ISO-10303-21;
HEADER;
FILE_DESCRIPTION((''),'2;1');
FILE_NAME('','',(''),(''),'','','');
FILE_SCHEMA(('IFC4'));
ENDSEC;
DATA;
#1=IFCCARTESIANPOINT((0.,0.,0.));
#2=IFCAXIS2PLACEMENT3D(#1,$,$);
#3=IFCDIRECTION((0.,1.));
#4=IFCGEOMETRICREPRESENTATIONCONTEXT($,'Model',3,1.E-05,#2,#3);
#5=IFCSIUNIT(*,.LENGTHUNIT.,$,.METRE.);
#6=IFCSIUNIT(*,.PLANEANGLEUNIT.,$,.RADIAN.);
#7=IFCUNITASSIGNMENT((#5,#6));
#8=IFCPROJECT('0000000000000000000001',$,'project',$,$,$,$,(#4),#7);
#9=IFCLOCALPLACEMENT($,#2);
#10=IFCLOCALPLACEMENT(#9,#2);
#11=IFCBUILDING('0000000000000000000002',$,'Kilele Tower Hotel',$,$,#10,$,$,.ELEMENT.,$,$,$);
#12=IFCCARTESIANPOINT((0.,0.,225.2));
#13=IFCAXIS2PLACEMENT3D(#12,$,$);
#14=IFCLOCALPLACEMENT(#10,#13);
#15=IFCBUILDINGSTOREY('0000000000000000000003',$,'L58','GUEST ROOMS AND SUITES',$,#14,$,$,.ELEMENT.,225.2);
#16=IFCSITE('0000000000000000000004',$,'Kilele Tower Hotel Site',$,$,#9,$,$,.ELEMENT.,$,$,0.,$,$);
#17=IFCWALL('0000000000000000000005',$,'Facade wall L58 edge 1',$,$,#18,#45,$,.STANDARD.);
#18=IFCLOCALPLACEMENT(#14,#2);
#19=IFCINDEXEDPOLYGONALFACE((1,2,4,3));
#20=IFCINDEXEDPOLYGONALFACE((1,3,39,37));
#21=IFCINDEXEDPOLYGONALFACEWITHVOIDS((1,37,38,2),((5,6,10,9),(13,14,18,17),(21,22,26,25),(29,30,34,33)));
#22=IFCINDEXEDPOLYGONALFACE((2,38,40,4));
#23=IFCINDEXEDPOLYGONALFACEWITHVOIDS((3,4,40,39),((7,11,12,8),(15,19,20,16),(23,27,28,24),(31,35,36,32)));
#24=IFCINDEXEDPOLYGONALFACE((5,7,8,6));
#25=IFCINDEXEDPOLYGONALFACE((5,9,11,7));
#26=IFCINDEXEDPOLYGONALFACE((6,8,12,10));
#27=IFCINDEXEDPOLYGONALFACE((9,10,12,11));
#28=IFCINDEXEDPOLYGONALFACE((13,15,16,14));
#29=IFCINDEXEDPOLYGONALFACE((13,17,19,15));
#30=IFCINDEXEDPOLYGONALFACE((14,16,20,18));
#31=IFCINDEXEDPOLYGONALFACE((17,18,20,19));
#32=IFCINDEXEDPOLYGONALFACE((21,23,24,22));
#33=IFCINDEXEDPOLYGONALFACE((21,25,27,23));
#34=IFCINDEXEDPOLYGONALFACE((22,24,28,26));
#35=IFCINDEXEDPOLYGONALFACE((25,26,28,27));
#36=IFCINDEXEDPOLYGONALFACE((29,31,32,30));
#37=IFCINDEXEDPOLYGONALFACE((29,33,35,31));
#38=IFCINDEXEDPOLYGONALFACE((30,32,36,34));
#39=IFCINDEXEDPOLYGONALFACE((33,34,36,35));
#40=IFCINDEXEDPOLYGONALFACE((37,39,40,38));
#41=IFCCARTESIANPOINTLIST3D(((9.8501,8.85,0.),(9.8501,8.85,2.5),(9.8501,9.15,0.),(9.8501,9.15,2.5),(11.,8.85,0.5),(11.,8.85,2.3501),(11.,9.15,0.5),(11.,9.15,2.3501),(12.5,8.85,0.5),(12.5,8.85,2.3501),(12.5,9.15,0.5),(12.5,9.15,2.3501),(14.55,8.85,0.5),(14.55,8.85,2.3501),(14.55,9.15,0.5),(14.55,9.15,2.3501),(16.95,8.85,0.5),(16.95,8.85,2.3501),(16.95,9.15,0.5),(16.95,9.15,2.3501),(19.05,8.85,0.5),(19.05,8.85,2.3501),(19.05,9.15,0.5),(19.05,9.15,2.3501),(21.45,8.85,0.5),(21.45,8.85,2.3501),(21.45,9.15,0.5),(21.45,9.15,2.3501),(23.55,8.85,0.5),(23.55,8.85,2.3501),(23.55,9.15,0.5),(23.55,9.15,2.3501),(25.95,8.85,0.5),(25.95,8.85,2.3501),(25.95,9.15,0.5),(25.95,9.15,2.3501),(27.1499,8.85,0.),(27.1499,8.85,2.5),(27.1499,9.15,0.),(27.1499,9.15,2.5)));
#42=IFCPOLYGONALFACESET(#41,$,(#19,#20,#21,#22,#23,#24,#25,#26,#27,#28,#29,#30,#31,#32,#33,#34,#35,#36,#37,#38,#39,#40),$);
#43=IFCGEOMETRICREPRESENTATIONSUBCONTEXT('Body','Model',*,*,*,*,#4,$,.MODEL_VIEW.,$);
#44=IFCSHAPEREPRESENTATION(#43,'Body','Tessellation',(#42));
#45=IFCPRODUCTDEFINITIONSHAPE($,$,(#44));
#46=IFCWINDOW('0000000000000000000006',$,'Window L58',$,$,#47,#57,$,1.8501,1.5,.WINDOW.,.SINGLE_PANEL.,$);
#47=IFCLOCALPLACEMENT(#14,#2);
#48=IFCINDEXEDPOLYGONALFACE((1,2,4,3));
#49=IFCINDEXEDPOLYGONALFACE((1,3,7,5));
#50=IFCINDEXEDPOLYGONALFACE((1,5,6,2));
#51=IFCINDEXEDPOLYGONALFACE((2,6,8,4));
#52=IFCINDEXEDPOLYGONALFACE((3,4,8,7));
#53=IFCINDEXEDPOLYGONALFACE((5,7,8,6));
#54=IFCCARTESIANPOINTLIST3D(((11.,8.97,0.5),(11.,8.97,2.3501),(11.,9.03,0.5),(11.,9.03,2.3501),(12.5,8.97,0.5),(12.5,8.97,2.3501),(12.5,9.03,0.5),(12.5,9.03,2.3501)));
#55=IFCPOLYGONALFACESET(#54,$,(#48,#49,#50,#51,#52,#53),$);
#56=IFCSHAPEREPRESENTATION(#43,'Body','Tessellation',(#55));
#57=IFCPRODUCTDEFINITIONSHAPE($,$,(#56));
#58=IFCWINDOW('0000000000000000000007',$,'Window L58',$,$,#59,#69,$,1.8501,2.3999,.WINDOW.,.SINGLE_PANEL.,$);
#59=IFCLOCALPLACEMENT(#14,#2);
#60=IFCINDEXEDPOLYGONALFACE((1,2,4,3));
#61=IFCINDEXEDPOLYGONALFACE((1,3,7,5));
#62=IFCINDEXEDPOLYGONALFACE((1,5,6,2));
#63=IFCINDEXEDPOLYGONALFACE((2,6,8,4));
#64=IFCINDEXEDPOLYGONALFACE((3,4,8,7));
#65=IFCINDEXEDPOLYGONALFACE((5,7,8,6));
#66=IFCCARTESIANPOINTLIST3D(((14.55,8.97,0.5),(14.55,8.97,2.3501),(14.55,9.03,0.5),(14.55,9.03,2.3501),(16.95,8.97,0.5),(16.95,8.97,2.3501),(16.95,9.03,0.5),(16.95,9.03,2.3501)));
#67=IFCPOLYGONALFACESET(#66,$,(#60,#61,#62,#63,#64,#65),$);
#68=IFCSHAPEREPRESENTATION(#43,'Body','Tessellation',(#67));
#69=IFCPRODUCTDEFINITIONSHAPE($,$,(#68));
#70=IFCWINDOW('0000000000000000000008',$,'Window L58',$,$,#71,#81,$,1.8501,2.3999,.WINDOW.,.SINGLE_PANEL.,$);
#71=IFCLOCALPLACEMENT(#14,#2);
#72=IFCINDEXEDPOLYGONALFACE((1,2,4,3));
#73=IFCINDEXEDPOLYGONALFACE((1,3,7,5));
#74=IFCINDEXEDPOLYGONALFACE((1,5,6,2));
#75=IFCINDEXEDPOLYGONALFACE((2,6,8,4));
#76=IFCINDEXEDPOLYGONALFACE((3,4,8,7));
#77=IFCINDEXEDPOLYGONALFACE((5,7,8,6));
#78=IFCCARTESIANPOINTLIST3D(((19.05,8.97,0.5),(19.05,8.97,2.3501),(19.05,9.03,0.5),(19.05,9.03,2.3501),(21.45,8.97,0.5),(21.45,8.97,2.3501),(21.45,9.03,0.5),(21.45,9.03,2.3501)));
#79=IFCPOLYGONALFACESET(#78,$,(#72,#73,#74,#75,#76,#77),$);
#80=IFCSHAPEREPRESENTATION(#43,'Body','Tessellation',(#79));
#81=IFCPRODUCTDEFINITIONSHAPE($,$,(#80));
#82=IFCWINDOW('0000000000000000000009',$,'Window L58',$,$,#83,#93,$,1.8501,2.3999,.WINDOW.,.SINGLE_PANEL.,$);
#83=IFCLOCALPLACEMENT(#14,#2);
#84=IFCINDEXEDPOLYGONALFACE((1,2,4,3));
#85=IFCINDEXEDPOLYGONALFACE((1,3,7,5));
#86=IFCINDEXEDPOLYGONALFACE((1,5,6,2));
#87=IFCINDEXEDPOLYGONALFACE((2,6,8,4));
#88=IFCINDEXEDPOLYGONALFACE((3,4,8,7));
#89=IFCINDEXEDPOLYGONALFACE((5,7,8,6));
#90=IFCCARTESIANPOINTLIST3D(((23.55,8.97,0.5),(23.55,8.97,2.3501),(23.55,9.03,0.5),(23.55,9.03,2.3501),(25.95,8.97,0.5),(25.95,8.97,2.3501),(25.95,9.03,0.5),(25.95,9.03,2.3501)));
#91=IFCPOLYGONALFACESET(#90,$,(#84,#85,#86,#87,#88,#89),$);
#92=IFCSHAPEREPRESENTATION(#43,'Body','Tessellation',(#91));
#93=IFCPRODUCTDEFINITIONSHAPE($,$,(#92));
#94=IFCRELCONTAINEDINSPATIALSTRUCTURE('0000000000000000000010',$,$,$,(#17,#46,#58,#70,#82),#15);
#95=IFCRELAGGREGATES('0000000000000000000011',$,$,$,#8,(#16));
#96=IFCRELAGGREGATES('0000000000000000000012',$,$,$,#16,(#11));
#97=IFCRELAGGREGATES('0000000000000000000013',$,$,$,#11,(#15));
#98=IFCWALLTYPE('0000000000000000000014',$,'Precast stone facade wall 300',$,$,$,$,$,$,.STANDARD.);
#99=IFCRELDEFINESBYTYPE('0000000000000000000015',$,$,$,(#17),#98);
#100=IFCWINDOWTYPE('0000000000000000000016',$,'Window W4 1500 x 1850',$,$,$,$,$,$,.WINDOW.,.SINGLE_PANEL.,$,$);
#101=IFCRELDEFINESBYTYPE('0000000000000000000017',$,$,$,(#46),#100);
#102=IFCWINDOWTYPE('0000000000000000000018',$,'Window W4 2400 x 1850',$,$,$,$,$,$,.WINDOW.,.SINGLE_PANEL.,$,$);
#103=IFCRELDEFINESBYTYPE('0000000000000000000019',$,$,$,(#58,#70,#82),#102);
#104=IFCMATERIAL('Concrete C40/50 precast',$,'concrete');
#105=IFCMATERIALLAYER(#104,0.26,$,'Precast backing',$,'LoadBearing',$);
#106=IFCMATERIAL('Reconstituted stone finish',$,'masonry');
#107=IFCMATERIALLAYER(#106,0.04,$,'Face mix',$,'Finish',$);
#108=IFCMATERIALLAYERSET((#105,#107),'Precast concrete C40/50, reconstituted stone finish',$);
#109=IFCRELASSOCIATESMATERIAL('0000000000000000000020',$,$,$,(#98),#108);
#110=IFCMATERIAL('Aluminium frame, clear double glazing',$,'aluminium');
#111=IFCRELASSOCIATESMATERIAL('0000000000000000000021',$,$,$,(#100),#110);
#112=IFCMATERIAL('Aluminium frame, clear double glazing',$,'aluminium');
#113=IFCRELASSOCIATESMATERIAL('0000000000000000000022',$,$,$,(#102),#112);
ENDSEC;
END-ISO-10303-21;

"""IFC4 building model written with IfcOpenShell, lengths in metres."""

from ifc_helpers import new_model, si_unit, direction, frame, frame_2d, origin, place, context, subcontext, project, spatial, rectangle, extrude, material, layer, layer_set, type_object, element, fill, save


model = new_model("IFC4")

# Units and contexts
model_context = context("Model", 3, precision=1e-05, world=origin(), true_north=direction((0.0, 1.0)))
body_context = subcontext(model_context, "Body", "Model", "MODEL_VIEW")
ifc_project = project(units=[si_unit("LENGTHUNIT", "METRE"), si_unit("PLANEANGLEUNIT", "RADIAN")], contexts=[model_context])

# Site, building, storey
site_placement = place(None, origin())
site = spatial("IfcSite", under=ifc_project, at=site_placement, Name="Kilele Tower Hotel Site", CompositionType="ELEMENT", RefElevation=0.0)
building_placement = place(site_placement, origin())
building = spatial("IfcBuilding", under=site, at=building_placement, Name="Kilele Tower Hotel", CompositionType="ELEMENT")
storey_placement = place(building_placement, frame((0.0, 0.0, 225.2)))
storey = spatial("IfcBuildingStorey", under=building, at=storey_placement, Name="L58", Description="GUEST ROOMS AND SUITES", CompositionType="ELEMENT", Elevation=225.2)

# Wall, openings, windows
ifc_material_1 = material(Name="Concrete C40/50 precast", Category="concrete")
ifc_layer_1 = layer(ifc_material_1, 0.26, Name="Precast backing", Category="LoadBearing")
ifc_material_2 = material(Name="Reconstituted stone finish", Category="masonry")
ifc_layer_2 = layer(ifc_material_2, 0.04, Name="Face mix", Category="Finish")
ifc_layer_set_1 = layer_set([ifc_layer_1, ifc_layer_2], Name="Precast concrete C40/50, reconstituted stone finish")
wall_type = type_object("IfcWallType", Name="Precast stone facade wall 300", PredefinedType="STANDARD", material=ifc_layer_set_1)
wall_placement = place(storey_placement, frame((9.8501, 9.0, 0.0), z_axis=(0.0, 0.0, 1.0), x_axis=(1.0, 0.0, 0.0)))
wall = element("IfcWall", 1, at=wall_placement, inside=storey, type_object=wall_type, Name="Facade wall L58 edge 1", PredefinedType="STANDARD", context=body_context, shape_type="SweptSolid", body=[
    extrude(rectangle(XDim=17.2998, YDim=0.3, at=frame_2d((8.6499, 0.0))), origin(), (0.0, 0.0, 1.0), 2.5),
])
opening_1_placement = place(wall_placement, frame((1.1499, 0.0, 0.5)))
opening_1 = element("IfcOpeningElement", 2, at=opening_1_placement, cuts=wall, PredefinedType="OPENING", context=body_context, shape_type="SweptSolid", body=[
    extrude(rectangle(XDim=1.5, YDim=1.8501, at=frame_2d((0.75, 0.925))), frame((0.0, 0.1599, 0.0), z_axis=(0.0, -1.0, 0.0), x_axis=(1.0, 0.0, 0.0)), (0.0, 0.0, 1.0), 0.3201),
])
opening_2_placement = place(wall_placement, frame((4.7, 0.0, 0.5)))
opening_2 = element("IfcOpeningElement", 3, at=opening_2_placement, cuts=wall, PredefinedType="OPENING", context=body_context, shape_type="SweptSolid", body=[
    extrude(rectangle(XDim=2.3999, YDim=1.8501, at=frame_2d((1.2, 0.925))), frame((0.0, 0.1599, 0.0), z_axis=(0.0, -1.0, 0.0), x_axis=(1.0, 0.0, 0.0)), (0.0, 0.0, 1.0), 0.3201),
])
opening_3_placement = place(wall_placement, frame((9.2, 0.0, 0.5)))
opening_3 = element("IfcOpeningElement", 4, at=opening_3_placement, cuts=wall, PredefinedType="OPENING", context=body_context, shape_type="SweptSolid", body=[
    extrude(rectangle(XDim=2.3999, YDim=1.8501, at=frame_2d((1.2, 0.925))), frame((0.0, 0.1599, 0.0), z_axis=(0.0, -1.0, 0.0), x_axis=(1.0, 0.0, 0.0)), (0.0, 0.0, 1.0), 0.3201),
])
opening_4_placement = place(wall_placement, frame((13.7, 0.0, 0.5)))
opening_4 = element("IfcOpeningElement", 5, at=opening_4_placement, cuts=wall, PredefinedType="OPENING", context=body_context, shape_type="SweptSolid", body=[
    extrude(rectangle(XDim=2.3999, YDim=1.8501, at=frame_2d((1.2, 0.925))), frame((0.0, 0.1599, 0.0), z_axis=(0.0, -1.0, 0.0), x_axis=(1.0, 0.0, 0.0)), (0.0, 0.0, 1.0), 0.3201),
])
ifc_material_3 = material(Name="Aluminium frame, clear double glazing", Category="aluminium")
window_type_1 = type_object("IfcWindowType", Name="Window W4 1500 x 1850", PartitioningType="SINGLE_PANEL", PredefinedType="WINDOW", material=ifc_material_3)
window_1_placement = place(opening_1_placement, origin())
window_1 = element("IfcWindow", 6, at=window_1_placement, inside=storey, type_object=window_type_1, Name="Window L58", OverallHeight=1.8501, OverallWidth=1.5, PartitioningType="SINGLE_PANEL", PredefinedType="WINDOW", context=body_context, shape_type="SweptSolid", body=[
    extrude(rectangle(XDim=1.5, YDim=1.8501, at=frame_2d((0.75, 0.925))), frame((0.0, 0.03, 0.0), z_axis=(0.0, -1.0, 0.0), x_axis=(1.0, 0.0, 0.0)), (0.0, 0.0, 1.0), 0.0601),
])
fill(opening_1, window_1)
ifc_material_4 = material(Name="Aluminium frame, clear double glazing", Category="aluminium")
window_type_2 = type_object("IfcWindowType", Name="Window W4 2400 x 1850", PartitioningType="SINGLE_PANEL", PredefinedType="WINDOW", material=ifc_material_4)
window_2_placement = place(opening_2_placement, origin())
window_2 = element("IfcWindow", 7, at=window_2_placement, inside=storey, type_object=window_type_2, Name="Window L58", OverallHeight=1.8501, OverallWidth=2.3999, PartitioningType="SINGLE_PANEL", PredefinedType="WINDOW", context=body_context, shape_type="SweptSolid", body=[
    extrude(rectangle(XDim=2.3999, YDim=1.8501, at=frame_2d((1.2, 0.925))), frame((0.0, 0.03, 0.0), z_axis=(0.0, -1.0, 0.0), x_axis=(1.0, 0.0, 0.0)), (0.0, 0.0, 1.0), 0.0601),
])
fill(opening_2, window_2)
window_3_placement = place(opening_3_placement, origin())
window_3 = element("IfcWindow", 8, at=window_3_placement, inside=storey, type_object=window_type_2, Name="Window L58", OverallHeight=1.8501, OverallWidth=2.3999, PartitioningType="SINGLE_PANEL", PredefinedType="WINDOW", context=body_context, shape_type="SweptSolid", body=[
    extrude(rectangle(XDim=2.3999, YDim=1.8501, at=frame_2d((1.2, 0.925))), frame((0.0, 0.03, 0.0), z_axis=(0.0, -1.0, 0.0), x_axis=(1.0, 0.0, 0.0)), (0.0, 0.0, 1.0), 0.0601),
])
fill(opening_3, window_3)
window_4_placement = place(opening_4_placement, origin())
window_4 = element("IfcWindow", 9, at=window_4_placement, inside=storey, type_object=window_type_2, Name="Window L58", OverallHeight=1.8501, OverallWidth=2.3999, PartitioningType="SINGLE_PANEL", PredefinedType="WINDOW", context=body_context, shape_type="SweptSolid", body=[
    extrude(rectangle(XDim=2.3999, YDim=1.8501, at=frame_2d((1.2, 0.925))), frame((0.0, 0.03, 0.0), z_axis=(0.0, -1.0, 0.0), x_axis=(1.0, 0.0, 0.0)), (0.0, 0.0, 1.0), 0.0601),
])
fill(opening_4, window_4)

save(model, "model.ifc")
